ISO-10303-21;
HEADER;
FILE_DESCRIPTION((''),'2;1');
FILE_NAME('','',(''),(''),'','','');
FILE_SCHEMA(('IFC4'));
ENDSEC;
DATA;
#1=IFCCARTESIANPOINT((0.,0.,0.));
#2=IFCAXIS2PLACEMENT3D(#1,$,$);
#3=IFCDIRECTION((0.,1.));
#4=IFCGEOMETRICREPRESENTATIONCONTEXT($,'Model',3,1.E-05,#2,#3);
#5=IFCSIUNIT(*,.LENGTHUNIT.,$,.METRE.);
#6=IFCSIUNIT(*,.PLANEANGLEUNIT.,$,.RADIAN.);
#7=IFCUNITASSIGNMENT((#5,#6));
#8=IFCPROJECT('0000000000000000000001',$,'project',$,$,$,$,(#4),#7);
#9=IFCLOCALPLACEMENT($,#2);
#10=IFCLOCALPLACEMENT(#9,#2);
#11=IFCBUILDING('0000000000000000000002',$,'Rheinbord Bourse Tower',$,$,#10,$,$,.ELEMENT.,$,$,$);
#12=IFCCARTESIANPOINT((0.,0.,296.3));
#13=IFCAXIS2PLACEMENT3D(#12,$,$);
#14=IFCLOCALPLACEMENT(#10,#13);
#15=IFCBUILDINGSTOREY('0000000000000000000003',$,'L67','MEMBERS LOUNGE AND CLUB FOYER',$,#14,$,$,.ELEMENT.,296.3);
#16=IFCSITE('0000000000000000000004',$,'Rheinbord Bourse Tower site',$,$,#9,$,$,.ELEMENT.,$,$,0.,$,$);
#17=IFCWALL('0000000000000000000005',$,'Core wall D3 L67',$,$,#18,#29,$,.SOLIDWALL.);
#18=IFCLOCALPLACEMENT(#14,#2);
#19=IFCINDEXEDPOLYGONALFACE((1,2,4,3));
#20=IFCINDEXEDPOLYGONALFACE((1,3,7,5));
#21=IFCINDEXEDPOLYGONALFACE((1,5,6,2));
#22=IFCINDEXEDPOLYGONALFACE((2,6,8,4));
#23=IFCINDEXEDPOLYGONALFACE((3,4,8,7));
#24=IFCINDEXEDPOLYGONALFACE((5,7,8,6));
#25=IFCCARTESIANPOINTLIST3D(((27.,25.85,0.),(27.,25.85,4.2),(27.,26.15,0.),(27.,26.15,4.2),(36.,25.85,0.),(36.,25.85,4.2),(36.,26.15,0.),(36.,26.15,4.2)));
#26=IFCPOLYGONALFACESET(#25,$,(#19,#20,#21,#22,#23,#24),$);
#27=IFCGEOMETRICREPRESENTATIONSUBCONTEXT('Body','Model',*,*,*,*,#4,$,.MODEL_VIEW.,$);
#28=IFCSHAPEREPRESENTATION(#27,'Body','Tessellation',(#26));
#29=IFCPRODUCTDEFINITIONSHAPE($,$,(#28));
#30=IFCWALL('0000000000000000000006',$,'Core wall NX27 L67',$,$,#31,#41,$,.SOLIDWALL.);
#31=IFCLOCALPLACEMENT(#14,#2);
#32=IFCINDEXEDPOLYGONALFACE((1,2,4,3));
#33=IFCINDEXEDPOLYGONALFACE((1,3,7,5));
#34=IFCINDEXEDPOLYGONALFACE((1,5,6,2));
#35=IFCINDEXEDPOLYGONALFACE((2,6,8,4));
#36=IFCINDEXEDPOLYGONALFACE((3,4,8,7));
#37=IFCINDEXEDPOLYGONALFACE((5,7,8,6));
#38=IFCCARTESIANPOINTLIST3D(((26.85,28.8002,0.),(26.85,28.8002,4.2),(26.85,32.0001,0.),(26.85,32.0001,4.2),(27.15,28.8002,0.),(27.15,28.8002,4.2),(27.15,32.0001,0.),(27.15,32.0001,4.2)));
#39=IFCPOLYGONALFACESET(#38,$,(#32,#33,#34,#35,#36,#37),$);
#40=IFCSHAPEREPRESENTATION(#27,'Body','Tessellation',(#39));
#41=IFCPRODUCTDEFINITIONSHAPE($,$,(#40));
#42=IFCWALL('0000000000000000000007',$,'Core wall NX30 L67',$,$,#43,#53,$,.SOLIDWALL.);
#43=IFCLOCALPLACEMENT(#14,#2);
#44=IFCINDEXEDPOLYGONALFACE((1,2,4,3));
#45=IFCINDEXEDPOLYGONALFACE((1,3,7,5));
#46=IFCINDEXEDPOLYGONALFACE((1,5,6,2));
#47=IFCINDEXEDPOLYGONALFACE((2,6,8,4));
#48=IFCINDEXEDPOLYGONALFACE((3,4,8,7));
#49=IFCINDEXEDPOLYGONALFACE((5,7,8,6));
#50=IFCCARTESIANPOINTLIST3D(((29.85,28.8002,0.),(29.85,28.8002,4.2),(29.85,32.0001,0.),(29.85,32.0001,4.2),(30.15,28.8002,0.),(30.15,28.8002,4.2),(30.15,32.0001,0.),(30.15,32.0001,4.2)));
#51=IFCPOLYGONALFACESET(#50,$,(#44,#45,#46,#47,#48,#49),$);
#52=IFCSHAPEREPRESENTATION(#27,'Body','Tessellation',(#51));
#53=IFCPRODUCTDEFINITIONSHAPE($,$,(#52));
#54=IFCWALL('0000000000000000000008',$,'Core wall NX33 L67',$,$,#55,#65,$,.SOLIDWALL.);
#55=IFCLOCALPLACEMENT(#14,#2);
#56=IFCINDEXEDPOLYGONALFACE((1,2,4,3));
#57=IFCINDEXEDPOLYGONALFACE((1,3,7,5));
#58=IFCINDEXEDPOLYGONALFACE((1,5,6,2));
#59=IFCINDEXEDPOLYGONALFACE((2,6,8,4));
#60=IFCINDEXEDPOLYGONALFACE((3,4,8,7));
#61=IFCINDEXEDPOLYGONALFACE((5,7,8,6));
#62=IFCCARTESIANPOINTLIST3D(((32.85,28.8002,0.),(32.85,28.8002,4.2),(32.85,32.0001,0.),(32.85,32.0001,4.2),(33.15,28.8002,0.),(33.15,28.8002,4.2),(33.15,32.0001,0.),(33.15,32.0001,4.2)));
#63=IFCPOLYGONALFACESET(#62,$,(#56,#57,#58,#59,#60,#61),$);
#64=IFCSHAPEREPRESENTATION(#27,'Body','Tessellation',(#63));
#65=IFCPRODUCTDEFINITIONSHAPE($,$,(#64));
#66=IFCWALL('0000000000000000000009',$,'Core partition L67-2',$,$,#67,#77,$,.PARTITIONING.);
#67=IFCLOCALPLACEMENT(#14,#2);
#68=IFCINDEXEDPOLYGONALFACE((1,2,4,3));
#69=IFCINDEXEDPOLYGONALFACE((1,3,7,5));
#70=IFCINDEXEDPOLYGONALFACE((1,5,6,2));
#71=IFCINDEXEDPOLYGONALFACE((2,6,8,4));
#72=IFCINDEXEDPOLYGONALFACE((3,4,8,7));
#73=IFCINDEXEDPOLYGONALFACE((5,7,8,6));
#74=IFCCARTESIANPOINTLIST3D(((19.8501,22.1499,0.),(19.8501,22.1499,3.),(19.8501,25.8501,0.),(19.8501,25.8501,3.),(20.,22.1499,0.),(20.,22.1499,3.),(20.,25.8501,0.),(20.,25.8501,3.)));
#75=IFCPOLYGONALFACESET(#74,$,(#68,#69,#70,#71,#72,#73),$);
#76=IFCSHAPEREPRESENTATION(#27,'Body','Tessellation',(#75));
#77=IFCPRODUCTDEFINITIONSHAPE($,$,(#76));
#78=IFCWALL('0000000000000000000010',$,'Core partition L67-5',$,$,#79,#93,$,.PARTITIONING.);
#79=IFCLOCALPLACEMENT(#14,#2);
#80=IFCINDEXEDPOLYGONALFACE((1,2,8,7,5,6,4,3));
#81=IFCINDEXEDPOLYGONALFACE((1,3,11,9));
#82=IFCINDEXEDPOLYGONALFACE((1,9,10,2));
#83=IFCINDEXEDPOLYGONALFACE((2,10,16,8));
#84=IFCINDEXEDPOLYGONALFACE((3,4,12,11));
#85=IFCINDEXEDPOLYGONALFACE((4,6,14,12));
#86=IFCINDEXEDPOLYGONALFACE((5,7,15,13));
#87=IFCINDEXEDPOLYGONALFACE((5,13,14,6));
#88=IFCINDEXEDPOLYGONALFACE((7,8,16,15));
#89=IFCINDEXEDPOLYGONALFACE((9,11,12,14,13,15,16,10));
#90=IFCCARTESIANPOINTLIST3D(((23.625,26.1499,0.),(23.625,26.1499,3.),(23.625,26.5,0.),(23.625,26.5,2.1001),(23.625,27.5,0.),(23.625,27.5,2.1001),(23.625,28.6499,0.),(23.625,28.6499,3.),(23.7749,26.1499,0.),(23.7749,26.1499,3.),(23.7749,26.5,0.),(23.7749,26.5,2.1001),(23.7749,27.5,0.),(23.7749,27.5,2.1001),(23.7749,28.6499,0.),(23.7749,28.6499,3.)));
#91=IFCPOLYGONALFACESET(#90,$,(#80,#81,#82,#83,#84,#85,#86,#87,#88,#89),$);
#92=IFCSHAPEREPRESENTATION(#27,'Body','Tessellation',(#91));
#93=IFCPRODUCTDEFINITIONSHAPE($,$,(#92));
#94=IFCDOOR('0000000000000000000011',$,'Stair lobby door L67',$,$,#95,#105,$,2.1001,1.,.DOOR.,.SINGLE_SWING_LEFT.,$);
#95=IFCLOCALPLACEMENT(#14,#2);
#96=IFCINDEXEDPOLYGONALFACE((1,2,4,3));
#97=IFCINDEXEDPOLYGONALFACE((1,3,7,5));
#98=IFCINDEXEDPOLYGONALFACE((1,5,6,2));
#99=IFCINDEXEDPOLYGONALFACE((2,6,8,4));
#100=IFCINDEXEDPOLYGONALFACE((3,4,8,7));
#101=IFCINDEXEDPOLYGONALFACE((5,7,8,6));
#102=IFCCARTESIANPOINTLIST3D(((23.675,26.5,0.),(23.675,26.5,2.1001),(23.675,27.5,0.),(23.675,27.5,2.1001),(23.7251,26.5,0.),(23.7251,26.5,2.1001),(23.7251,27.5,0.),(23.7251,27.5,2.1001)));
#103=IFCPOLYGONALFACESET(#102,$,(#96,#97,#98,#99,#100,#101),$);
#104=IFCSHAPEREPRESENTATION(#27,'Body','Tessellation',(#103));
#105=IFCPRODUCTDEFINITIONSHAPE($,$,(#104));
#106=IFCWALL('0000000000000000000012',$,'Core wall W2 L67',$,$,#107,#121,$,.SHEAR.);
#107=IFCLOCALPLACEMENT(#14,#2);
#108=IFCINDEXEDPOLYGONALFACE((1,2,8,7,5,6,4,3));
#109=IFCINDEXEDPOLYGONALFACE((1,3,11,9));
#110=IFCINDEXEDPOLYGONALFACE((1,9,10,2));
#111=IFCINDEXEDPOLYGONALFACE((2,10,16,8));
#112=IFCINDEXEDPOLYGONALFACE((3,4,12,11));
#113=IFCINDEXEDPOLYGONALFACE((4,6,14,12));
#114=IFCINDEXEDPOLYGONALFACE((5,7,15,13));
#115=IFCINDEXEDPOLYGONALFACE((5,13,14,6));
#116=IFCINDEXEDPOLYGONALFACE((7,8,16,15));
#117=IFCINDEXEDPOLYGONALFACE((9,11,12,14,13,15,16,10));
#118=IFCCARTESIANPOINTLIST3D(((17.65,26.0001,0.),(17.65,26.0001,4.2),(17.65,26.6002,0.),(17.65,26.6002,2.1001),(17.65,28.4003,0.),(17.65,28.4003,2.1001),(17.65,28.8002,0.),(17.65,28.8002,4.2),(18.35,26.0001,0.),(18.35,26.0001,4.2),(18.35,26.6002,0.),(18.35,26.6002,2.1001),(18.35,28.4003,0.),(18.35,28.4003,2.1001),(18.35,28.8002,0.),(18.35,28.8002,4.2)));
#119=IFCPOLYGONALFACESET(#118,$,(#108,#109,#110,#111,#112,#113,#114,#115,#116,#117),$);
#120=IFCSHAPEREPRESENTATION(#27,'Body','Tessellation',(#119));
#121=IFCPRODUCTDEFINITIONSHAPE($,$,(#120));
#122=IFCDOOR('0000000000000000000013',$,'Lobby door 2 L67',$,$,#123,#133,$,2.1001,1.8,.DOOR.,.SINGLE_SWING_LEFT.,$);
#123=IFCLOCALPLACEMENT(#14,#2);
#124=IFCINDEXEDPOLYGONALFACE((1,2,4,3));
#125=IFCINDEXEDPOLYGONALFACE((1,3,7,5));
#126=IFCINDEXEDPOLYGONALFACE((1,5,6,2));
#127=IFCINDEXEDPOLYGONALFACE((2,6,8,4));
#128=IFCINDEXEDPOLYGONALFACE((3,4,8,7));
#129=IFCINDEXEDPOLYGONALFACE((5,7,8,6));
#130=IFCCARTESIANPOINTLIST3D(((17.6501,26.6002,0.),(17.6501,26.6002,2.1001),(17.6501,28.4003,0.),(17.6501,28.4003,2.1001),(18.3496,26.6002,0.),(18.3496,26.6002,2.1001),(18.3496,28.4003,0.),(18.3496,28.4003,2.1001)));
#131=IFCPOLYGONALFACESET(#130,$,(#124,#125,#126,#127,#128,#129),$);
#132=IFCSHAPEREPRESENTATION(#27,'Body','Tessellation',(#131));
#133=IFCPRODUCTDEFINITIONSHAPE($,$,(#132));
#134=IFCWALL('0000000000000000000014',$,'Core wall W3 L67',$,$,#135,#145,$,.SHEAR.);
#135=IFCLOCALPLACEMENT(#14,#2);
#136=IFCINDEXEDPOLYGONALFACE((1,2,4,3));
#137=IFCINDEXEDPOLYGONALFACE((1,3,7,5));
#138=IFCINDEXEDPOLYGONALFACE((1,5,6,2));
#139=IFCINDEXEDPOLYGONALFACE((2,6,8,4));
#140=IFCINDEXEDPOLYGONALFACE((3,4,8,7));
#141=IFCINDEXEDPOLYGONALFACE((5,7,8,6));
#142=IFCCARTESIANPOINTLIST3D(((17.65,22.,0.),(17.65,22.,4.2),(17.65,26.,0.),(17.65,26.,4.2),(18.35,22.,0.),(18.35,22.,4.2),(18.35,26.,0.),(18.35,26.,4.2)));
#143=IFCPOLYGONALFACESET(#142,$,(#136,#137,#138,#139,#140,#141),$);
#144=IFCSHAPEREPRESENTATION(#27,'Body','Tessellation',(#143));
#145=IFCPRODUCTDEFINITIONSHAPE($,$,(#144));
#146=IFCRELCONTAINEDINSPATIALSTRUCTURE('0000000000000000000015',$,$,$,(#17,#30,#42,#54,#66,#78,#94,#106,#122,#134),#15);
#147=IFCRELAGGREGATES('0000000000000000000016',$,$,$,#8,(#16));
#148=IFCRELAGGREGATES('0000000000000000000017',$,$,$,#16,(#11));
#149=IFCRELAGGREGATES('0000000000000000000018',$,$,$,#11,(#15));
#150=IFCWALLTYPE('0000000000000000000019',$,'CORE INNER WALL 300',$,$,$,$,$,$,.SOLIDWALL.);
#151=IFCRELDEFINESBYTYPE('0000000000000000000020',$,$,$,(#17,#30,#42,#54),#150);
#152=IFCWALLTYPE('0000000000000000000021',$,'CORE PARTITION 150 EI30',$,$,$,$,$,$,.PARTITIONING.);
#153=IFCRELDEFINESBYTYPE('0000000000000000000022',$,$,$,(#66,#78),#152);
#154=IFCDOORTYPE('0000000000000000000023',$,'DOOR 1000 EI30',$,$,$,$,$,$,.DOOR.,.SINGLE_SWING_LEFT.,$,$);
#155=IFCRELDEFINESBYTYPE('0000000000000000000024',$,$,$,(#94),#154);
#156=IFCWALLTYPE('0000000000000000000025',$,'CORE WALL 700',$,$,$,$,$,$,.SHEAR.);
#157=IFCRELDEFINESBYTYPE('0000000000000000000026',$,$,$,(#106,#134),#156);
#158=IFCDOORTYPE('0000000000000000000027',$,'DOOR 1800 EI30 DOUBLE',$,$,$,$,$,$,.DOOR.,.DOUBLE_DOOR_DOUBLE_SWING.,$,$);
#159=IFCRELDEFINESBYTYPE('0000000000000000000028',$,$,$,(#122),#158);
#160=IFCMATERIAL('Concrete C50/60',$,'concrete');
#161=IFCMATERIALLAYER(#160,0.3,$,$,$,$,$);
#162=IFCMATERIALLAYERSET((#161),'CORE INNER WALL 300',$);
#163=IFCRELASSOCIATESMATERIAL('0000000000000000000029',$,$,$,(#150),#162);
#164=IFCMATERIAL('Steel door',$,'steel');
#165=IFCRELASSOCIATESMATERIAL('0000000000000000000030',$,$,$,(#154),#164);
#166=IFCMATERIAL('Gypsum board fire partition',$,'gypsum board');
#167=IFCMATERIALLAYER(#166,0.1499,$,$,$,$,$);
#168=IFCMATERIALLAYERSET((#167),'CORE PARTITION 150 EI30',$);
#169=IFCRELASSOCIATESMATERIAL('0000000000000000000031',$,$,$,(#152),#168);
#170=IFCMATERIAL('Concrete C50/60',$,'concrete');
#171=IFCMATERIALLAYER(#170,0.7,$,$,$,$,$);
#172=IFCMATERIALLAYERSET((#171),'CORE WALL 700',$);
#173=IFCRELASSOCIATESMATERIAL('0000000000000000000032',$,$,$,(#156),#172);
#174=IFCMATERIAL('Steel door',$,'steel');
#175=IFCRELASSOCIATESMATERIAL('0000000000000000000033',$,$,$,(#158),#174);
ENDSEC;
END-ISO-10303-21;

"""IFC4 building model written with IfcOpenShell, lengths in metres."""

from ifc_helpers import new_model, si_unit, direction, frame, frame_2d, origin, place, context, subcontext, project, spatial, rectangle, extrude, material, layer, layer_set, type_object, element, fill, save


model = new_model("IFC4")

# Units and contexts
model_context = context("Model", 3, precision=1e-05, world=origin(), true_north=direction((0.0, 1.0)))
body_context = subcontext(model_context, "Body", "Model", "MODEL_VIEW")
ifc_project = project(units=[si_unit("LENGTHUNIT", "METRE"), si_unit("PLANEANGLEUNIT", "RADIAN")], contexts=[model_context])

# Site, building, storey
site_placement = place(None, origin())
site = spatial("IfcSite", under=ifc_project, at=site_placement, Name="Rheinbord Bourse Tower site", CompositionType="ELEMENT", RefElevation=0.0)
building_placement = place(site_placement, origin())
building = spatial("IfcBuilding", under=site, at=building_placement, Name="Rheinbord Bourse Tower", CompositionType="ELEMENT")
storey_placement = place(building_placement, frame((0.0, 0.0, 296.3)))
storey = spatial("IfcBuildingStorey", under=building, at=storey_placement, Name="L67", Description="MEMBERS LOUNGE AND CLUB FOYER", CompositionType="ELEMENT", Elevation=296.3)

# Shared definitions
ifc_material_1 = material(Name="Concrete C50/60", Category="concrete")
ifc_layer_1 = layer(ifc_material_1, 0.3)
ifc_layer_set_1 = layer_set([ifc_layer_1], Name="CORE INNER WALL 300")
wall_type_1 = type_object("IfcWallType", Name="CORE INNER WALL 300", PredefinedType="SOLIDWALL", material=ifc_layer_set_1)
ifc_material_2 = material(Name="Steel door", Category="steel")
door_type_1 = type_object("IfcDoorType", Name="DOOR 1000 EI30", OperationType="SINGLE_SWING_LEFT", PredefinedType="DOOR", material=ifc_material_2)

# Walls
wall_1_placement = place(storey_placement, frame((27.0, 26.0, 0.0), z_axis=(0.0, 0.0, 1.0), x_axis=(1.0, 0.0, 0.0)))
element("IfcWall", 1, at=wall_1_placement, inside=storey, type_object=wall_type_1, Name="Core wall D3 L67", PredefinedType="SOLIDWALL", context=body_context, shape_type="SweptSolid", body=[
    extrude(rectangle(XDim=9.0, YDim=0.3, at=frame_2d((4.5, 0.0))), origin(), (0.0, 0.0, 1.0), 4.2),
])
for number, where, z_axis, x_axis, name in (
    (2, (27.0, 28.8, 0.0), (0.0, 0.0, 1.0), (0.0, 1.0, 0.0), "Core wall NX27 L67"),
    (3, (30.0, 28.8, 0.0), (0.0, 0.0, 1.0), (0.0, 1.0, 0.0), "Core wall NX30 L67"),
    (4, (33.0, 28.8, 0.0), (0.0, 0.0, 1.0), (0.0, 1.0, 0.0), "Core wall NX33 L67"),
):
    element("IfcWall", number, at=place(storey_placement, frame(where, z_axis=z_axis, x_axis=x_axis)), inside=storey, type_object=wall_type_1, Name=name, PredefinedType="SOLIDWALL", context=body_context, shape_type="SweptSolid", body=[
        extrude(rectangle(XDim=3.2, YDim=0.3, at=frame_2d((1.6001, 0.0))), origin(), (0.0, 0.0, 1.0), 4.2),
    ])
ifc_material_3 = material(Name="Gypsum board fire partition", Category="gypsum board")
ifc_layer_2 = layer(ifc_material_3, 0.1499)
ifc_layer_set_2 = layer_set([ifc_layer_2], Name="CORE PARTITION 150 EI30")
wall_type_2 = type_object("IfcWallType", Name="CORE PARTITION 150 EI30", PredefinedType="PARTITIONING", material=ifc_layer_set_2)
wall_2_placement = place(storey_placement, frame((19.925, 22.1499, 0.0), z_axis=(0.0, 0.0, 1.0), x_axis=(0.0, 1.0, 0.0)))
element("IfcWall", 5, at=wall_2_placement, inside=storey, type_object=wall_type_2, Name="Core partition L67-2", PredefinedType="PARTITIONING", context=body_context, shape_type="SweptSolid", body=[
    extrude(rectangle(XDim=3.7002, YDim=0.1499, at=frame_2d((1.8501, 0.0))), origin(), (0.0, 0.0, 1.0), 3.0),
])

# Walls, openings, doors
wall_3_placement = place(storey_placement, frame((23.7, 26.1499, 0.0), z_axis=(0.0, 0.0, 1.0), x_axis=(0.0, 1.0, 0.0)))
wall_3 = element("IfcWall", 6, at=wall_3_placement, inside=storey, type_object=wall_type_2, Name="Core partition L67-5", PredefinedType="PARTITIONING", context=body_context, shape_type="SweptSolid", body=[
    extrude(rectangle(XDim=2.5, YDim=0.1499, at=frame_2d((1.25, 0.0))), origin(), (0.0, 0.0, 1.0), 3.0),
])
opening_1_placement = place(wall_3_placement, frame((0.3501, 0.0, 0.0)))
opening_1 = element("IfcOpeningElement", 7, at=opening_1_placement, cuts=wall_3, PredefinedType="OPENING", context=body_context, shape_type="SweptSolid", body=[
    extrude(rectangle(XDim=1.0, YDim=2.1001, at=frame_2d((0.5, 1.05))), frame((0.0, 0.085, 0.0), z_axis=(0.0, -1.0, 0.0), x_axis=(1.0, 0.0, 0.0)), (0.0, 0.0, 1.0), 0.1699),
])
door_1_placement = place(opening_1_placement, origin())
door_1 = element("IfcDoor", 8, at=door_1_placement, inside=storey, type_object=door_type_1, Name="Stair lobby door L67", OperationType="SINGLE_SWING_LEFT", OverallHeight=2.1001, OverallWidth=1.0, PredefinedType="DOOR", context=body_context, shape_type="SweptSolid", body=[
    extrude(rectangle(XDim=1.0, YDim=2.1001, at=frame_2d((0.5, 1.05))), frame((0.0, 0.0249, 0.0), z_axis=(0.0, -1.0, 0.0), x_axis=(1.0, 0.0, 0.0)), (0.0, 0.0, 1.0), 0.05),
])
fill(opening_1, door_1)
ifc_material_4 = material(Name="Concrete C50/60", Category="concrete")
ifc_layer_3 = layer(ifc_material_4, 0.7)
ifc_layer_set_3 = layer_set([ifc_layer_3], Name="CORE WALL 700")
wall_type_3 = type_object("IfcWallType", Name="CORE WALL 700", PredefinedType="SHEAR", material=ifc_layer_set_3)
wall_4_placement = place(storey_placement, frame((18.0, 28.8, 0.0), z_axis=(0.0, 0.0, 1.0), x_axis=(0.0, -1.0, 0.0)))
wall_4 = element("IfcWall", 9, at=wall_4_placement, inside=storey, type_object=wall_type_3, Name="Core wall W2 L67", PredefinedType="SHEAR", context=body_context, shape_type="SweptSolid", body=[
    extrude(rectangle(XDim=2.8, YDim=0.7, at=frame_2d((1.3999, 0.0))), origin(), (0.0, 0.0, 1.0), 4.2),
])
opening_2_placement = place(wall_4_placement, frame((0.3999, 0.0, 0.0)))
opening_2 = element("IfcOpeningElement", 10, at=opening_2_placement, cuts=wall_4, PredefinedType="OPENING", context=body_context, shape_type="SweptSolid", body=[
    extrude(rectangle(XDim=1.8, YDim=2.1001, at=frame_2d((0.8999, 1.05))), frame((0.0, 0.3599, 0.0), z_axis=(0.0, -1.0, 0.0), x_axis=(1.0, 0.0, 0.0)), (0.0, 0.0, 1.0), 0.72),
])
ifc_material_5 = material(Name="Steel door", Category="steel")
door_type_2 = type_object("IfcDoorType", Name="DOOR 1800 EI30 DOUBLE", OperationType="DOUBLE_DOOR_DOUBLE_SWING", PredefinedType="DOOR", material=ifc_material_5)
door_2_placement = place(opening_2_placement, origin())
door_2 = element("IfcDoor", 11, at=door_2_placement, inside=storey, type_object=door_type_2, Name="Lobby door 2 L67", OperationType="SINGLE_SWING_LEFT", OverallHeight=2.1001, OverallWidth=1.8, PredefinedType="DOOR", context=body_context, shape_type="SweptSolid", body=[
    extrude(rectangle(XDim=1.8, YDim=2.1001, at=frame_2d((0.8999, 1.05))), frame((0.0, 0.3496, 0.0), z_axis=(0.0, -1.0, 0.0), x_axis=(1.0, 0.0, 0.0)), (0.0, 0.0, 1.0), 0.6995),
])
fill(opening_2, door_2)

# Wall
wall_5_placement = place(storey_placement, frame((18.0, 26.0, 0.0), z_axis=(0.0, 0.0, 1.0), x_axis=(0.0, -1.0, 0.0)))
element("IfcWall", 12, at=wall_5_placement, inside=storey, type_object=wall_type_3, Name="Core wall W3 L67", PredefinedType="SHEAR", context=body_context, shape_type="SweptSolid", body=[
    extrude(rectangle(XDim=4.0, YDim=0.7, at=frame_2d((2.0, 0.0))), origin(), (0.0, 0.0, 1.0), 4.2),
])

save(model, "model.ifc")
